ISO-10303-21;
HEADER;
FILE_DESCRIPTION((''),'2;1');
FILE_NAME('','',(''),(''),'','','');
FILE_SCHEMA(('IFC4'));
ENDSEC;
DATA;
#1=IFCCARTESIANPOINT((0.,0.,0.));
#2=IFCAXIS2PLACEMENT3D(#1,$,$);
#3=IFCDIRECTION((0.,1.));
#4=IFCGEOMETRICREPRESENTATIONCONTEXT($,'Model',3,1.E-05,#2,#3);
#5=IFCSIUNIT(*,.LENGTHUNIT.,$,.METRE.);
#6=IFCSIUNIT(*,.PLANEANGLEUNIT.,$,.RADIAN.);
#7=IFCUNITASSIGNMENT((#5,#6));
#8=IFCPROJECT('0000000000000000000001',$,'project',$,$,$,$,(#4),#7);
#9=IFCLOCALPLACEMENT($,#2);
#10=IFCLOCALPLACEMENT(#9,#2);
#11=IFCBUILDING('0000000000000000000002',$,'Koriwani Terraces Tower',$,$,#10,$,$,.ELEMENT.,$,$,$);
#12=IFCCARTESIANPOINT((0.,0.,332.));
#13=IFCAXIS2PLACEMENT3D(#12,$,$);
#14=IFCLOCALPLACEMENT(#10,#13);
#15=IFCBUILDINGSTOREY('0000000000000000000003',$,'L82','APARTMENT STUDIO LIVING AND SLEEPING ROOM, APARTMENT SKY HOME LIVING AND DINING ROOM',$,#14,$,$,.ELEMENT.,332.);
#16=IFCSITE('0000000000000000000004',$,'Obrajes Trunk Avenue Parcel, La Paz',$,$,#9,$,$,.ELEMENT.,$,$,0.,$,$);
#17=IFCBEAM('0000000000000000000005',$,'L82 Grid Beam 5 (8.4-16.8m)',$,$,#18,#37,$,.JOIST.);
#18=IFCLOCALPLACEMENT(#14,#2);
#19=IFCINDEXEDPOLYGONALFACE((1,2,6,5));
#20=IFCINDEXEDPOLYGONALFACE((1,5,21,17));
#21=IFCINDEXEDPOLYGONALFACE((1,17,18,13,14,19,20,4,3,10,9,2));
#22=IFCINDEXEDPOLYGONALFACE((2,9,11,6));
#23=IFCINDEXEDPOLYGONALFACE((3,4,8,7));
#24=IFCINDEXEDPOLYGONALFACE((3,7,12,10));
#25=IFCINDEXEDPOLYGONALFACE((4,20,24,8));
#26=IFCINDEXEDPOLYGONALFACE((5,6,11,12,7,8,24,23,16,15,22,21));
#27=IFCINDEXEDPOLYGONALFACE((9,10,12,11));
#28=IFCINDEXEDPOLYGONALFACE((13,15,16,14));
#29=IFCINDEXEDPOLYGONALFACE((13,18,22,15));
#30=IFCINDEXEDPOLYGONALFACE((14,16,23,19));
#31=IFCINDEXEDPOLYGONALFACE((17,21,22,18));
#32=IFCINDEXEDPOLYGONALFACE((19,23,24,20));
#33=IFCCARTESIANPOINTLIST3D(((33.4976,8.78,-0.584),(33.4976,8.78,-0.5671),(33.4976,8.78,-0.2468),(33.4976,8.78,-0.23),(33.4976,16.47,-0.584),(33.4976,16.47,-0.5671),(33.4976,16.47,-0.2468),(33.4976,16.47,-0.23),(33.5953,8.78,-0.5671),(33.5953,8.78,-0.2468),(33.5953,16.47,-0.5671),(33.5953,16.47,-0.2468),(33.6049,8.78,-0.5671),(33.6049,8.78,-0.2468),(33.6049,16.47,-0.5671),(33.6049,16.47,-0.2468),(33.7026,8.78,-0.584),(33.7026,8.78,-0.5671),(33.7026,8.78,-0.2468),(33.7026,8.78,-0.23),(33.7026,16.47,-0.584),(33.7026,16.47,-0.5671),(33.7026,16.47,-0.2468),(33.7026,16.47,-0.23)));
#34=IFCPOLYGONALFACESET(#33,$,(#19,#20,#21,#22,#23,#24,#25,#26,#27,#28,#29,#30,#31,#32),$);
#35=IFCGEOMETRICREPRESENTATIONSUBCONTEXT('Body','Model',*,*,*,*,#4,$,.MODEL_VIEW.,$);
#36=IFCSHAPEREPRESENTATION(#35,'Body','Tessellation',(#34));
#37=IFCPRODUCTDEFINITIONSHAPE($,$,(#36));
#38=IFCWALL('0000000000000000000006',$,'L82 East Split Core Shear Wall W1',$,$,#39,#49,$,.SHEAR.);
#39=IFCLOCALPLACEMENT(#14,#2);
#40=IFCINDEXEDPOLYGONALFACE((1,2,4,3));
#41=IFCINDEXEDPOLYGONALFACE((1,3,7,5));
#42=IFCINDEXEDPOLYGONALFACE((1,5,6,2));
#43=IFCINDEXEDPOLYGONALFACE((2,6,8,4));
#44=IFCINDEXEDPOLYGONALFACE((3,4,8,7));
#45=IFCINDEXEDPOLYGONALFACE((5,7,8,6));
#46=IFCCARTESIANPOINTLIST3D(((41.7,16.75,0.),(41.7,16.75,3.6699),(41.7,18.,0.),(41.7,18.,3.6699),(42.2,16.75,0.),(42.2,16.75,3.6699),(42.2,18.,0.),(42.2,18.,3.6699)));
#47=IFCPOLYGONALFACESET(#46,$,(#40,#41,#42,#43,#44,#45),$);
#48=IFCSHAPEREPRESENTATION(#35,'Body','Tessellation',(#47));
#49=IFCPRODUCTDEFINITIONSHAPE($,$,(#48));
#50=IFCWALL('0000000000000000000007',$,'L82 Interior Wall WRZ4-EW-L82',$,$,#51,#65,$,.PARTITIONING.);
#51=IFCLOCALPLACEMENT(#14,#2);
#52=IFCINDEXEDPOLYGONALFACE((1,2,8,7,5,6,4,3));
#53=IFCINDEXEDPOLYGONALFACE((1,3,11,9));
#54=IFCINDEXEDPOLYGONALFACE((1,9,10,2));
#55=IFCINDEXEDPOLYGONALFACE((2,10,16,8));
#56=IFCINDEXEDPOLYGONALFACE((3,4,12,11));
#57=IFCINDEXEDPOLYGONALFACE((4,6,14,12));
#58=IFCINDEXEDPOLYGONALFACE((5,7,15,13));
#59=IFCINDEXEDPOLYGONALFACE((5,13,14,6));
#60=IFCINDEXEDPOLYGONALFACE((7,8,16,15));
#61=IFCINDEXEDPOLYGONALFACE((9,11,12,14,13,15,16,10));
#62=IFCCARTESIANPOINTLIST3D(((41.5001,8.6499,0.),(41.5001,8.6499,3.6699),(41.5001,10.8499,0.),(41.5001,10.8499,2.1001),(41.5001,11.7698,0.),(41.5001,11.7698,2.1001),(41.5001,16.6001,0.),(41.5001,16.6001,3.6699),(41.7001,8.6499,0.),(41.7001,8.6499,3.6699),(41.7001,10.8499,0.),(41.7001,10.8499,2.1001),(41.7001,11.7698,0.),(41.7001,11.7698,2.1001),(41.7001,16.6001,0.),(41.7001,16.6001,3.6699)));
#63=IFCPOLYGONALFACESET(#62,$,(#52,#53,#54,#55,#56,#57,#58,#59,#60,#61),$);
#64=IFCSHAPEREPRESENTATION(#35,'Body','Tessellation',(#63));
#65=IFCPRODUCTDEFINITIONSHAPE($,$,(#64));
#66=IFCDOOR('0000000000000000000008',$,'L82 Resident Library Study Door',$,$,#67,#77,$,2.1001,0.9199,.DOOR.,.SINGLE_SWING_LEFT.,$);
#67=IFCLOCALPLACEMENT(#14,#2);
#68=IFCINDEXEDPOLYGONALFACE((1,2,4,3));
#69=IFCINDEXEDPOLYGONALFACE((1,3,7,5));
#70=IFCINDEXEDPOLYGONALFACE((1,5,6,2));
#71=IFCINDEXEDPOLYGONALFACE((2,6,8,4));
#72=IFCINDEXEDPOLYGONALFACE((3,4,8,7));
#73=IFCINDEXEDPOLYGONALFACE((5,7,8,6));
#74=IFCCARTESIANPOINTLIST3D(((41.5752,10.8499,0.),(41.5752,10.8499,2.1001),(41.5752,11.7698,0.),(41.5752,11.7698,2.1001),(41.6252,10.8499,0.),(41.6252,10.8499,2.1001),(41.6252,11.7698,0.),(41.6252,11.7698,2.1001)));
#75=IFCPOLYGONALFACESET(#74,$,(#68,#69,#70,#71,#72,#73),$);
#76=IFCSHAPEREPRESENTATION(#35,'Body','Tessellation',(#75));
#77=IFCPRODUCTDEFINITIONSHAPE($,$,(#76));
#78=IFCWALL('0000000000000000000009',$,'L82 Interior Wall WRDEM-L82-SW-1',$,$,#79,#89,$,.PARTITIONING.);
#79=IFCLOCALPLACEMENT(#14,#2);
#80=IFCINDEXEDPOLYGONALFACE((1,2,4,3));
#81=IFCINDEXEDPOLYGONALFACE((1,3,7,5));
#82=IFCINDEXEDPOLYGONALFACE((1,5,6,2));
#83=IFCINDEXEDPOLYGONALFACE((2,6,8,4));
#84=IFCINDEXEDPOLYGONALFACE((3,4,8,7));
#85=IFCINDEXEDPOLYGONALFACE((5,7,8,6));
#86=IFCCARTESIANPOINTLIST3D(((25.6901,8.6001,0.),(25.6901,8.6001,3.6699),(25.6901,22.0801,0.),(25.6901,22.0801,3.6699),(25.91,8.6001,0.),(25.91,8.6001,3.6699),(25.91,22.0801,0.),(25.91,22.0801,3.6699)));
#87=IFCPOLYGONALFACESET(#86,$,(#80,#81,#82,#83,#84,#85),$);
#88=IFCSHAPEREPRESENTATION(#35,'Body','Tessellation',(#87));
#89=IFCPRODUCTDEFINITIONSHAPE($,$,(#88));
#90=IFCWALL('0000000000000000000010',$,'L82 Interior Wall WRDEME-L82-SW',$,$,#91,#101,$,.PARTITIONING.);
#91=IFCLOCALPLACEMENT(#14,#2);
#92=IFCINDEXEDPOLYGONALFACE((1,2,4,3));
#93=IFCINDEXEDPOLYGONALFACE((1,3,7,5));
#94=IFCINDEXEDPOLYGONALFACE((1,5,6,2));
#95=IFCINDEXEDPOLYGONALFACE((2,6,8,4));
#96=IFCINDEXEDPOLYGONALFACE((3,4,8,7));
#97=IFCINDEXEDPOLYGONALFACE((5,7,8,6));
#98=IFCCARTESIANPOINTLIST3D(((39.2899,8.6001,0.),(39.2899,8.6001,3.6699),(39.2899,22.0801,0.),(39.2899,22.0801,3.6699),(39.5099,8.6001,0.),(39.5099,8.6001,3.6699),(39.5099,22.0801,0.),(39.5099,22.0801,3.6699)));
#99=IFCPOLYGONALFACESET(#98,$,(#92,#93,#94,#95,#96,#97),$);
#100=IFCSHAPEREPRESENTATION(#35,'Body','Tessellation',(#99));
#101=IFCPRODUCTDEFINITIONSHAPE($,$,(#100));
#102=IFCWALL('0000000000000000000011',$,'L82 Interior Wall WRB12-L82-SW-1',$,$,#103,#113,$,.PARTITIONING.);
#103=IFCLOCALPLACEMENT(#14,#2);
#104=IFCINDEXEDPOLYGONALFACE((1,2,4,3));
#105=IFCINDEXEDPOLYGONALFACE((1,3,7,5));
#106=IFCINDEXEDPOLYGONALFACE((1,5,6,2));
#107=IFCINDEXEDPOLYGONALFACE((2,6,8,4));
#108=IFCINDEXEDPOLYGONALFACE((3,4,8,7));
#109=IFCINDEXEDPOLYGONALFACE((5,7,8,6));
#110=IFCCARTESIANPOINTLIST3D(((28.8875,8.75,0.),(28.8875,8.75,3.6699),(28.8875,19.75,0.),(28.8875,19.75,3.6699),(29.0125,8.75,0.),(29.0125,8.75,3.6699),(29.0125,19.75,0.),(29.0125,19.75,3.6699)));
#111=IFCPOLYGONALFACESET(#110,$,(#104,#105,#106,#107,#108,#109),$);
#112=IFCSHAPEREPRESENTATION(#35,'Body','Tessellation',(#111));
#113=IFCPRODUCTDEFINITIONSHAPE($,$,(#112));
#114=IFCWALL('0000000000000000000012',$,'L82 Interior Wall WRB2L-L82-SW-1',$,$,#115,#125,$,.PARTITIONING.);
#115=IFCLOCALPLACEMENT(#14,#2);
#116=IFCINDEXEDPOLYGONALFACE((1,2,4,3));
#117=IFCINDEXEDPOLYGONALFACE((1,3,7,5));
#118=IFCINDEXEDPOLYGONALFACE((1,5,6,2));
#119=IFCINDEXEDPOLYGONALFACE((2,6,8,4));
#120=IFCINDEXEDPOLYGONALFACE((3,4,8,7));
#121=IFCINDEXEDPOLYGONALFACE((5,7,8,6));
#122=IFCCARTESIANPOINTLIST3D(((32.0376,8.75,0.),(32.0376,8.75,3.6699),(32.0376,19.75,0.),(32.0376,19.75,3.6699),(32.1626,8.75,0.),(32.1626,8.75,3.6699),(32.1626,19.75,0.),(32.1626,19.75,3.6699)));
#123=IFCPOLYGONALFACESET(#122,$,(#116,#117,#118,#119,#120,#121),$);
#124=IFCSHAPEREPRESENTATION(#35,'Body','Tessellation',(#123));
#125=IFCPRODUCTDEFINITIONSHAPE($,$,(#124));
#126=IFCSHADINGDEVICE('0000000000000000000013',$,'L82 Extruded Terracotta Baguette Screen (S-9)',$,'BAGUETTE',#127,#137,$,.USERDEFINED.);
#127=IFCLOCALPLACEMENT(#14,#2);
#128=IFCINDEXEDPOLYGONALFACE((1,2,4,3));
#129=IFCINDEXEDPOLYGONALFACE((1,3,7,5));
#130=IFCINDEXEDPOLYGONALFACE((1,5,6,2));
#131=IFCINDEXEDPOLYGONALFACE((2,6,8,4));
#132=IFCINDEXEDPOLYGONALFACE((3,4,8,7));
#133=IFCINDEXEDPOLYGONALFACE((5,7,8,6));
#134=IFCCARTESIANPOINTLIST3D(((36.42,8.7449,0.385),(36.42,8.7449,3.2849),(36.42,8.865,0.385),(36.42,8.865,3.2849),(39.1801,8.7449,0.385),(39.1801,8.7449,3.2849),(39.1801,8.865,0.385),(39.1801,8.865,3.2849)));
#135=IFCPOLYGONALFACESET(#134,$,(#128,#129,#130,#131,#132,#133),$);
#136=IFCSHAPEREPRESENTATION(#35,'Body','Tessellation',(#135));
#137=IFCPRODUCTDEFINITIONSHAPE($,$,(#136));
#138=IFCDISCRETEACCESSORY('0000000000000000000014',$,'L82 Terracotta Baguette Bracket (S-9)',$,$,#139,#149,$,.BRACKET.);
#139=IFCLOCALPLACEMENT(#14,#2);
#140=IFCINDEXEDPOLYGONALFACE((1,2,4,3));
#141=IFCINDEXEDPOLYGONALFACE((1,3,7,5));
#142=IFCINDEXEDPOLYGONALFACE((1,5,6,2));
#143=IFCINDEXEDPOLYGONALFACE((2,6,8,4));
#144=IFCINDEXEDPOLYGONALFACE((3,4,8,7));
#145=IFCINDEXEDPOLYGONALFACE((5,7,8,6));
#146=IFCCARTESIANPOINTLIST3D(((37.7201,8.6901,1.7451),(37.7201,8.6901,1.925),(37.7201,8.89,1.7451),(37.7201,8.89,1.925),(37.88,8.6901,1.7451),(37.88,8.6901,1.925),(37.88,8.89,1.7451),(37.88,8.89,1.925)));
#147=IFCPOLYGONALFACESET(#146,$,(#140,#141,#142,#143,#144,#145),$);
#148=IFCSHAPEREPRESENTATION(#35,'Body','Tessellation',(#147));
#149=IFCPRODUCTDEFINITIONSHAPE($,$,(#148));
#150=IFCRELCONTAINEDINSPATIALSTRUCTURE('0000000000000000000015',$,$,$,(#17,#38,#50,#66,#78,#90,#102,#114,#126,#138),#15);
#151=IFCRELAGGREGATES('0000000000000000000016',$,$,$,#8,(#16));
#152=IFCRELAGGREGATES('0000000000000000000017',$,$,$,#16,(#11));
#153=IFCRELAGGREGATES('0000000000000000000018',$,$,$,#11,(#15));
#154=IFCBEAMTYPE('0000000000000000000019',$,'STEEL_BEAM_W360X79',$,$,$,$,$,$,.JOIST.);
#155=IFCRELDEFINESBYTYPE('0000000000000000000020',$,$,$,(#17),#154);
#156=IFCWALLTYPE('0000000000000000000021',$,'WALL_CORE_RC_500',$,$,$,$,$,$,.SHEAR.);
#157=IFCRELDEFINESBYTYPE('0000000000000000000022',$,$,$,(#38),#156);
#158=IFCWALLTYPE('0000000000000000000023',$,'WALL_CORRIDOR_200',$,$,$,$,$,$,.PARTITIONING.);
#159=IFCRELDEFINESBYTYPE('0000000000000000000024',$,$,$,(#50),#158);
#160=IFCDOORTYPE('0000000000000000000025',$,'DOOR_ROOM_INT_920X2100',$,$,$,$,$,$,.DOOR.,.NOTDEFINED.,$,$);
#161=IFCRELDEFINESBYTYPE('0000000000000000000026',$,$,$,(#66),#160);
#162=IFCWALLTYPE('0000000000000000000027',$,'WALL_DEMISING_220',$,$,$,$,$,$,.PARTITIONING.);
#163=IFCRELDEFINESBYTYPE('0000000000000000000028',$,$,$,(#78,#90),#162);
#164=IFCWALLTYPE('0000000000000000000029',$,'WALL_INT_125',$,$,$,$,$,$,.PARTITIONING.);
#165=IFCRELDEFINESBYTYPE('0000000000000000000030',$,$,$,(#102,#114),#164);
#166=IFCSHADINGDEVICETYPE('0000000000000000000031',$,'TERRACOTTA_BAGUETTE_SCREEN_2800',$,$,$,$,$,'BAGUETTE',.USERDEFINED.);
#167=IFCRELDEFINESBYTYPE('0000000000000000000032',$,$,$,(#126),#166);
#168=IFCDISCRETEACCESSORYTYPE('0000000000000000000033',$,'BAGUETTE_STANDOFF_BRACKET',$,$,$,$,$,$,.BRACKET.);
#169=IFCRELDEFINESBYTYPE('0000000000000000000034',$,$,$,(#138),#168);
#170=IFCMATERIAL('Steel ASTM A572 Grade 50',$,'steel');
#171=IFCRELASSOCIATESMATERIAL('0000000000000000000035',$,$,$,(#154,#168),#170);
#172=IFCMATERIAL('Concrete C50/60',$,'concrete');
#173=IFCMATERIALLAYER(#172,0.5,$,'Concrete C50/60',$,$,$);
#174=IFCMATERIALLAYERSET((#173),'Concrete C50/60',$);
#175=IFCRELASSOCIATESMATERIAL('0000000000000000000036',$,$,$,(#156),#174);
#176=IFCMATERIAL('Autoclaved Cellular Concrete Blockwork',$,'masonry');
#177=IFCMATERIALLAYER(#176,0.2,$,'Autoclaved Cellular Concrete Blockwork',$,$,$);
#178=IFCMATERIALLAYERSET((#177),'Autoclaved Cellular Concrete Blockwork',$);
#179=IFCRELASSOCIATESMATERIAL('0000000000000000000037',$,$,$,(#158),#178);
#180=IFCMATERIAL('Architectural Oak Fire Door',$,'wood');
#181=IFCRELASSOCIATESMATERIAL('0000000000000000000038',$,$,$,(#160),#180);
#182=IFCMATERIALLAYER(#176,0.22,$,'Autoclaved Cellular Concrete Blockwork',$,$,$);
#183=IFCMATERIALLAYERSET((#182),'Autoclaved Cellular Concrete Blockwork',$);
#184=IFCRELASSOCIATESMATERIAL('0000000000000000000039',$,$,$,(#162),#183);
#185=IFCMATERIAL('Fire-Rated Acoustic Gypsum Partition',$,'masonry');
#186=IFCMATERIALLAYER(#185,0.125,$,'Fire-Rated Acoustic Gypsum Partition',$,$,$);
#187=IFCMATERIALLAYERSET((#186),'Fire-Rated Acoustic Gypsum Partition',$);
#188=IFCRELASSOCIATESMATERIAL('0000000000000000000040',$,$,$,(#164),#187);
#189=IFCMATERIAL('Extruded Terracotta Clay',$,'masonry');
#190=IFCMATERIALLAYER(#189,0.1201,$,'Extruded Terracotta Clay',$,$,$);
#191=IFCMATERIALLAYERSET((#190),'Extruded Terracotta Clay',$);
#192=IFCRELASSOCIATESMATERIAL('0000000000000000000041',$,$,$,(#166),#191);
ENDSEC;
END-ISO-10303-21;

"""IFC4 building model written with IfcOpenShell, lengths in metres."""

from ifc_helpers import new_model, si_unit, direction, frame, frame_2d, origin, origin_2d, place, context, subcontext, project, spatial, rectangle, i_section, extrude, material, layer, layer_set, material_profile, profile_set, type_object, element, fill, save


model = new_model("IFC4")

# Units and contexts
model_context = context("Model", 3, precision=1e-05, world=origin(), true_north=direction((0.0, 1.0)))
body_context = subcontext(model_context, "Body", "Model", "MODEL_VIEW")
ifc_project = project(units=[si_unit("LENGTHUNIT", "METRE"), si_unit("PLANEANGLEUNIT", "RADIAN")], contexts=[model_context])

# Site, building, storey
site_placement = place(None, origin())
site = spatial("IfcSite", under=ifc_project, at=site_placement, Name="Obrajes Trunk Avenue Parcel, La Paz", CompositionType="ELEMENT", RefElevation=0.0)
building_placement = place(site_placement, origin())
building = spatial("IfcBuilding", under=site, at=building_placement, Name="Koriwani Terraces Tower", CompositionType="ELEMENT")
storey_placement = place(building_placement, frame((0.0, 0.0, 332.0)))
storey = spatial("IfcBuildingStorey", under=building, at=storey_placement, Name="L82", Description="APARTMENT STUDIO LIVING AND SLEEPING ROOM, APARTMENT SKY HOME LIVING AND DINING ROOM", CompositionType="ELEMENT", Elevation=332.0)

# Shared definitions
ifc_material_1 = material(Name="Concrete C50/60", Category="concrete")

# Beam
ifc_material_2 = material(Name="Steel ASTM A572 Grade 50", Category="steel")
ifc_material_profile_1 = material_profile(ifc_material_2, i_section(OverallWidth=0.2051, OverallDepth=0.354, WebThickness=0.0095, FlangeThickness=0.0168, at=origin_2d()), Name="Steel ASTM A572 Grade 50", Category="LoadBearing")
ifc_profile_set_1 = profile_set([ifc_material_profile_1], Name="Steel ASTM A572 Grade 50")
beam_type_1 = type_object("IfcBeamType", Name="STEEL_BEAM_W360X79", PredefinedType="JOIST", material=ifc_profile_set_1)
beam_1_placement = place(storey_placement, frame((33.6001, 8.78, -0.407), z_axis=(0.0, 1.0, 0.0), x_axis=(-1.0, 0.0, 0.0)))
element("IfcBeam", 1, at=beam_1_placement, inside=storey, type_object=beam_type_1, Name="L82 Grid Beam 5 (8.4-16.8m)", PredefinedType="JOIST", context=body_context, shape_type="SweptSolid", body=[
    extrude(i_section(OverallWidth=0.2051, OverallDepth=0.354, WebThickness=0.0095, FlangeThickness=0.0168, at=origin_2d()), origin(), (0.0, 0.0, 1.0), 7.6899),
])

# Wall
ifc_layer_1 = layer(ifc_material_1, 0.5, Name="Concrete C50/60")
ifc_layer_set_1 = layer_set([ifc_layer_1], Name="Concrete C50/60")
wall_type_1 = type_object("IfcWallType", Name="WALL_CORE_RC_500", PredefinedType="SHEAR", material=ifc_layer_set_1)
wall_1_placement = place(storey_placement, frame((41.95, 16.75, 0.0), z_axis=(0.0, 0.0, 1.0), x_axis=(0.0, 1.0, 0.0)))
element("IfcWall", 2, at=wall_1_placement, inside=storey, type_object=wall_type_1, Name="L82 East Split Core Shear Wall W1", PredefinedType="SHEAR", context=body_context, shape_type="SweptSolid", body=[
    extrude(rectangle(XDim=1.25, YDim=0.5, at=frame_2d((0.625, 0.0))), origin(), (0.0, 0.0, 1.0), 3.6699),
])

# Wall, opening, door
ifc_material_3 = material(Name="Autoclaved Cellular Concrete Blockwork", Category="masonry")
ifc_layer_2 = layer(ifc_material_3, 0.2, Name="Autoclaved Cellular Concrete Blockwork")
ifc_layer_set_2 = layer_set([ifc_layer_2], Name="Autoclaved Cellular Concrete Blockwork")
wall_type_2 = type_object("IfcWallType", Name="WALL_CORRIDOR_200", PredefinedType="PARTITIONING", material=ifc_layer_set_2)
wall_2_placement = place(storey_placement, frame((41.6001, 8.6499, 0.0), z_axis=(0.0, 0.0, 1.0), x_axis=(0.0, 1.0, 0.0)))
wall_2 = element("IfcWall", 3, at=wall_2_placement, inside=storey, type_object=wall_type_2, Name="L82 Interior Wall WRZ4-EW-L82", PredefinedType="PARTITIONING", context=body_context, shape_type="SweptSolid", body=[
    extrude(rectangle(XDim=7.9502, YDim=0.2, at=frame_2d((3.9751, 0.0))), origin(), (0.0, 0.0, 1.0), 3.6699),
])
opening_placement = place(wall_2_placement, frame((2.2, 0.0, 0.0)))
opening = element("IfcOpeningElement", 4, at=opening_placement, cuts=wall_2, PredefinedType="OPENING", context=body_context, shape_type="SweptSolid", body=[
    extrude(rectangle(XDim=0.9199, YDim=2.1001, at=frame_2d((0.46, 1.05))), frame((0.0, 0.1099, 0.0), z_axis=(0.0, -1.0, 0.0), x_axis=(1.0, 0.0, 0.0)), (0.0, 0.0, 1.0), 0.22),
])
ifc_material_4 = material(Name="Architectural Oak Fire Door", Category="wood")
door_type = type_object("IfcDoorType", Name="DOOR_ROOM_INT_920X2100", OperationType="NOTDEFINED", PredefinedType="DOOR", material=ifc_material_4)
door_placement = place(opening_placement, origin())
door = element("IfcDoor", 5, at=door_placement, inside=storey, type_object=door_type, Name="L82 Resident Library Study Door", OperationType="SINGLE_SWING_LEFT", OverallHeight=2.1001, OverallWidth=0.9199, PredefinedType="DOOR", context=body_context, shape_type="SweptSolid", body=[
    extrude(rectangle(XDim=0.9199, YDim=2.1001, at=frame_2d((0.46, 1.05))), frame((0.0, 0.0249, 0.0), z_axis=(0.0, -1.0, 0.0), x_axis=(1.0, 0.0, 0.0)), (0.0, 0.0, 1.0), 0.05),
])
fill(opening, door)

# Walls
ifc_layer_3 = layer(ifc_material_3, 0.22, Name="Autoclaved Cellular Concrete Blockwork")
ifc_layer_set_3 = layer_set([ifc_layer_3], Name="Autoclaved Cellular Concrete Blockwork")
wall_type_3 = type_object("IfcWallType", Name="WALL_DEMISING_220", PredefinedType="PARTITIONING", material=ifc_layer_set_3)
for number, where, z_axis, x_axis, name in (
    (6, (25.8, 8.6001, 0.0), (0.0, 0.0, 1.0), (0.0, 1.0, 0.0), "L82 Interior Wall WRDEM-L82-SW-1"),
    (7, (39.3999, 8.6001, 0.0), (0.0, 0.0, 1.0), (0.0, 1.0, 0.0), "L82 Interior Wall WRDEME-L82-SW"),
):
    element("IfcWall", number, at=place(storey_placement, frame(where, z_axis=z_axis, x_axis=x_axis)), inside=storey, type_object=wall_type_3, Name=name, PredefinedType="PARTITIONING", context=body_context, shape_type="SweptSolid", body=[
        extrude(rectangle(XDim=13.48, YDim=0.22, at=frame_2d((6.74, 0.0))), origin(), (0.0, 0.0, 1.0), 3.6699),
    ])
ifc_material_5 = material(Name="Fire-Rated Acoustic Gypsum Partition", Category="masonry")
ifc_layer_4 = layer(ifc_material_5, 0.125, Name="Fire-Rated Acoustic Gypsum Partition")
ifc_layer_set_4 = layer_set([ifc_layer_4], Name="Fire-Rated Acoustic Gypsum Partition")
wall_type_4 = type_object("IfcWallType", Name="WALL_INT_125", PredefinedType="PARTITIONING", material=ifc_layer_set_4)
for number, where, z_axis, x_axis, name in (
    (8, (28.95, 8.75, 0.0), (0.0, 0.0, 1.0), (0.0, 1.0, 0.0), "L82 Interior Wall WRB12-L82-SW-1"),
    (9, (32.1001, 8.75, 0.0), (0.0, 0.0, 1.0), (0.0, 1.0, 0.0), "L82 Interior Wall WRB2L-L82-SW-1"),
):
    element("IfcWall", number, at=place(storey_placement, frame(where, z_axis=z_axis, x_axis=x_axis)), inside=storey, type_object=wall_type_4, Name=name, PredefinedType="PARTITIONING", context=body_context, shape_type="SweptSolid", body=[
        extrude(rectangle(XDim=11.0, YDim=0.125, at=frame_2d((5.5, 0.0))), origin(), (0.0, 0.0, 1.0), 3.6699),
    ])

# Shading device
ifc_material_6 = material(Name="Extruded Terracotta Clay", Category="masonry")
ifc_layer_5 = layer(ifc_material_6, 0.1201, Name="Extruded Terracotta Clay")
ifc_layer_set_5 = layer_set([ifc_layer_5], Name="Extruded Terracotta Clay")
shading_device_type = type_object("IfcShadingDeviceType", Name="TERRACOTTA_BAGUETTE_SCREEN_2800", ElementType="BAGUETTE", PredefinedType="USERDEFINED", material=ifc_layer_set_5)
shading_device_placement = place(storey_placement, frame((37.8, 8.8049, 0.385), z_axis=(0.0, 0.0, 1.0), x_axis=(-1.0, 0.0, 0.0)))
element("IfcShadingDevice", 10, at=shading_device_placement, inside=storey, type_object=shading_device_type, Name="L82 Extruded Terracotta Baguette Screen (S-9)", ObjectType="BAGUETTE", PredefinedType="USERDEFINED", context=body_context, shape_type="SweptSolid", body=[
    extrude(rectangle(XDim=2.76, YDim=0.1201, at=origin_2d()), origin(), (0.0, 0.0, 1.0), 2.8999),
])

# Discrete accessory
discrete_accessory_type = type_object("IfcDiscreteAccessoryType", Name="BAGUETTE_STANDOFF_BRACKET", PredefinedType="BRACKET", material=ifc_material_2)
discrete_accessory_placement = place(storey_placement, frame((37.8, 8.79, 1.7451), z_axis=(0.0, 0.0, 1.0), x_axis=(-1.0, 0.0, 0.0)))
element("IfcDiscreteAccessory", 11, at=discrete_accessory_placement, inside=storey, type_object=discrete_accessory_type, Name="L82 Terracotta Baguette Bracket (S-9)", PredefinedType="BRACKET", context=body_context, shape_type="SweptSolid", body=[
    extrude(rectangle(XDim=0.1599, YDim=0.2, at=origin_2d()), origin(), (0.0, 0.0, 1.0), 0.1799),
])

save(model, "model.ifc")
